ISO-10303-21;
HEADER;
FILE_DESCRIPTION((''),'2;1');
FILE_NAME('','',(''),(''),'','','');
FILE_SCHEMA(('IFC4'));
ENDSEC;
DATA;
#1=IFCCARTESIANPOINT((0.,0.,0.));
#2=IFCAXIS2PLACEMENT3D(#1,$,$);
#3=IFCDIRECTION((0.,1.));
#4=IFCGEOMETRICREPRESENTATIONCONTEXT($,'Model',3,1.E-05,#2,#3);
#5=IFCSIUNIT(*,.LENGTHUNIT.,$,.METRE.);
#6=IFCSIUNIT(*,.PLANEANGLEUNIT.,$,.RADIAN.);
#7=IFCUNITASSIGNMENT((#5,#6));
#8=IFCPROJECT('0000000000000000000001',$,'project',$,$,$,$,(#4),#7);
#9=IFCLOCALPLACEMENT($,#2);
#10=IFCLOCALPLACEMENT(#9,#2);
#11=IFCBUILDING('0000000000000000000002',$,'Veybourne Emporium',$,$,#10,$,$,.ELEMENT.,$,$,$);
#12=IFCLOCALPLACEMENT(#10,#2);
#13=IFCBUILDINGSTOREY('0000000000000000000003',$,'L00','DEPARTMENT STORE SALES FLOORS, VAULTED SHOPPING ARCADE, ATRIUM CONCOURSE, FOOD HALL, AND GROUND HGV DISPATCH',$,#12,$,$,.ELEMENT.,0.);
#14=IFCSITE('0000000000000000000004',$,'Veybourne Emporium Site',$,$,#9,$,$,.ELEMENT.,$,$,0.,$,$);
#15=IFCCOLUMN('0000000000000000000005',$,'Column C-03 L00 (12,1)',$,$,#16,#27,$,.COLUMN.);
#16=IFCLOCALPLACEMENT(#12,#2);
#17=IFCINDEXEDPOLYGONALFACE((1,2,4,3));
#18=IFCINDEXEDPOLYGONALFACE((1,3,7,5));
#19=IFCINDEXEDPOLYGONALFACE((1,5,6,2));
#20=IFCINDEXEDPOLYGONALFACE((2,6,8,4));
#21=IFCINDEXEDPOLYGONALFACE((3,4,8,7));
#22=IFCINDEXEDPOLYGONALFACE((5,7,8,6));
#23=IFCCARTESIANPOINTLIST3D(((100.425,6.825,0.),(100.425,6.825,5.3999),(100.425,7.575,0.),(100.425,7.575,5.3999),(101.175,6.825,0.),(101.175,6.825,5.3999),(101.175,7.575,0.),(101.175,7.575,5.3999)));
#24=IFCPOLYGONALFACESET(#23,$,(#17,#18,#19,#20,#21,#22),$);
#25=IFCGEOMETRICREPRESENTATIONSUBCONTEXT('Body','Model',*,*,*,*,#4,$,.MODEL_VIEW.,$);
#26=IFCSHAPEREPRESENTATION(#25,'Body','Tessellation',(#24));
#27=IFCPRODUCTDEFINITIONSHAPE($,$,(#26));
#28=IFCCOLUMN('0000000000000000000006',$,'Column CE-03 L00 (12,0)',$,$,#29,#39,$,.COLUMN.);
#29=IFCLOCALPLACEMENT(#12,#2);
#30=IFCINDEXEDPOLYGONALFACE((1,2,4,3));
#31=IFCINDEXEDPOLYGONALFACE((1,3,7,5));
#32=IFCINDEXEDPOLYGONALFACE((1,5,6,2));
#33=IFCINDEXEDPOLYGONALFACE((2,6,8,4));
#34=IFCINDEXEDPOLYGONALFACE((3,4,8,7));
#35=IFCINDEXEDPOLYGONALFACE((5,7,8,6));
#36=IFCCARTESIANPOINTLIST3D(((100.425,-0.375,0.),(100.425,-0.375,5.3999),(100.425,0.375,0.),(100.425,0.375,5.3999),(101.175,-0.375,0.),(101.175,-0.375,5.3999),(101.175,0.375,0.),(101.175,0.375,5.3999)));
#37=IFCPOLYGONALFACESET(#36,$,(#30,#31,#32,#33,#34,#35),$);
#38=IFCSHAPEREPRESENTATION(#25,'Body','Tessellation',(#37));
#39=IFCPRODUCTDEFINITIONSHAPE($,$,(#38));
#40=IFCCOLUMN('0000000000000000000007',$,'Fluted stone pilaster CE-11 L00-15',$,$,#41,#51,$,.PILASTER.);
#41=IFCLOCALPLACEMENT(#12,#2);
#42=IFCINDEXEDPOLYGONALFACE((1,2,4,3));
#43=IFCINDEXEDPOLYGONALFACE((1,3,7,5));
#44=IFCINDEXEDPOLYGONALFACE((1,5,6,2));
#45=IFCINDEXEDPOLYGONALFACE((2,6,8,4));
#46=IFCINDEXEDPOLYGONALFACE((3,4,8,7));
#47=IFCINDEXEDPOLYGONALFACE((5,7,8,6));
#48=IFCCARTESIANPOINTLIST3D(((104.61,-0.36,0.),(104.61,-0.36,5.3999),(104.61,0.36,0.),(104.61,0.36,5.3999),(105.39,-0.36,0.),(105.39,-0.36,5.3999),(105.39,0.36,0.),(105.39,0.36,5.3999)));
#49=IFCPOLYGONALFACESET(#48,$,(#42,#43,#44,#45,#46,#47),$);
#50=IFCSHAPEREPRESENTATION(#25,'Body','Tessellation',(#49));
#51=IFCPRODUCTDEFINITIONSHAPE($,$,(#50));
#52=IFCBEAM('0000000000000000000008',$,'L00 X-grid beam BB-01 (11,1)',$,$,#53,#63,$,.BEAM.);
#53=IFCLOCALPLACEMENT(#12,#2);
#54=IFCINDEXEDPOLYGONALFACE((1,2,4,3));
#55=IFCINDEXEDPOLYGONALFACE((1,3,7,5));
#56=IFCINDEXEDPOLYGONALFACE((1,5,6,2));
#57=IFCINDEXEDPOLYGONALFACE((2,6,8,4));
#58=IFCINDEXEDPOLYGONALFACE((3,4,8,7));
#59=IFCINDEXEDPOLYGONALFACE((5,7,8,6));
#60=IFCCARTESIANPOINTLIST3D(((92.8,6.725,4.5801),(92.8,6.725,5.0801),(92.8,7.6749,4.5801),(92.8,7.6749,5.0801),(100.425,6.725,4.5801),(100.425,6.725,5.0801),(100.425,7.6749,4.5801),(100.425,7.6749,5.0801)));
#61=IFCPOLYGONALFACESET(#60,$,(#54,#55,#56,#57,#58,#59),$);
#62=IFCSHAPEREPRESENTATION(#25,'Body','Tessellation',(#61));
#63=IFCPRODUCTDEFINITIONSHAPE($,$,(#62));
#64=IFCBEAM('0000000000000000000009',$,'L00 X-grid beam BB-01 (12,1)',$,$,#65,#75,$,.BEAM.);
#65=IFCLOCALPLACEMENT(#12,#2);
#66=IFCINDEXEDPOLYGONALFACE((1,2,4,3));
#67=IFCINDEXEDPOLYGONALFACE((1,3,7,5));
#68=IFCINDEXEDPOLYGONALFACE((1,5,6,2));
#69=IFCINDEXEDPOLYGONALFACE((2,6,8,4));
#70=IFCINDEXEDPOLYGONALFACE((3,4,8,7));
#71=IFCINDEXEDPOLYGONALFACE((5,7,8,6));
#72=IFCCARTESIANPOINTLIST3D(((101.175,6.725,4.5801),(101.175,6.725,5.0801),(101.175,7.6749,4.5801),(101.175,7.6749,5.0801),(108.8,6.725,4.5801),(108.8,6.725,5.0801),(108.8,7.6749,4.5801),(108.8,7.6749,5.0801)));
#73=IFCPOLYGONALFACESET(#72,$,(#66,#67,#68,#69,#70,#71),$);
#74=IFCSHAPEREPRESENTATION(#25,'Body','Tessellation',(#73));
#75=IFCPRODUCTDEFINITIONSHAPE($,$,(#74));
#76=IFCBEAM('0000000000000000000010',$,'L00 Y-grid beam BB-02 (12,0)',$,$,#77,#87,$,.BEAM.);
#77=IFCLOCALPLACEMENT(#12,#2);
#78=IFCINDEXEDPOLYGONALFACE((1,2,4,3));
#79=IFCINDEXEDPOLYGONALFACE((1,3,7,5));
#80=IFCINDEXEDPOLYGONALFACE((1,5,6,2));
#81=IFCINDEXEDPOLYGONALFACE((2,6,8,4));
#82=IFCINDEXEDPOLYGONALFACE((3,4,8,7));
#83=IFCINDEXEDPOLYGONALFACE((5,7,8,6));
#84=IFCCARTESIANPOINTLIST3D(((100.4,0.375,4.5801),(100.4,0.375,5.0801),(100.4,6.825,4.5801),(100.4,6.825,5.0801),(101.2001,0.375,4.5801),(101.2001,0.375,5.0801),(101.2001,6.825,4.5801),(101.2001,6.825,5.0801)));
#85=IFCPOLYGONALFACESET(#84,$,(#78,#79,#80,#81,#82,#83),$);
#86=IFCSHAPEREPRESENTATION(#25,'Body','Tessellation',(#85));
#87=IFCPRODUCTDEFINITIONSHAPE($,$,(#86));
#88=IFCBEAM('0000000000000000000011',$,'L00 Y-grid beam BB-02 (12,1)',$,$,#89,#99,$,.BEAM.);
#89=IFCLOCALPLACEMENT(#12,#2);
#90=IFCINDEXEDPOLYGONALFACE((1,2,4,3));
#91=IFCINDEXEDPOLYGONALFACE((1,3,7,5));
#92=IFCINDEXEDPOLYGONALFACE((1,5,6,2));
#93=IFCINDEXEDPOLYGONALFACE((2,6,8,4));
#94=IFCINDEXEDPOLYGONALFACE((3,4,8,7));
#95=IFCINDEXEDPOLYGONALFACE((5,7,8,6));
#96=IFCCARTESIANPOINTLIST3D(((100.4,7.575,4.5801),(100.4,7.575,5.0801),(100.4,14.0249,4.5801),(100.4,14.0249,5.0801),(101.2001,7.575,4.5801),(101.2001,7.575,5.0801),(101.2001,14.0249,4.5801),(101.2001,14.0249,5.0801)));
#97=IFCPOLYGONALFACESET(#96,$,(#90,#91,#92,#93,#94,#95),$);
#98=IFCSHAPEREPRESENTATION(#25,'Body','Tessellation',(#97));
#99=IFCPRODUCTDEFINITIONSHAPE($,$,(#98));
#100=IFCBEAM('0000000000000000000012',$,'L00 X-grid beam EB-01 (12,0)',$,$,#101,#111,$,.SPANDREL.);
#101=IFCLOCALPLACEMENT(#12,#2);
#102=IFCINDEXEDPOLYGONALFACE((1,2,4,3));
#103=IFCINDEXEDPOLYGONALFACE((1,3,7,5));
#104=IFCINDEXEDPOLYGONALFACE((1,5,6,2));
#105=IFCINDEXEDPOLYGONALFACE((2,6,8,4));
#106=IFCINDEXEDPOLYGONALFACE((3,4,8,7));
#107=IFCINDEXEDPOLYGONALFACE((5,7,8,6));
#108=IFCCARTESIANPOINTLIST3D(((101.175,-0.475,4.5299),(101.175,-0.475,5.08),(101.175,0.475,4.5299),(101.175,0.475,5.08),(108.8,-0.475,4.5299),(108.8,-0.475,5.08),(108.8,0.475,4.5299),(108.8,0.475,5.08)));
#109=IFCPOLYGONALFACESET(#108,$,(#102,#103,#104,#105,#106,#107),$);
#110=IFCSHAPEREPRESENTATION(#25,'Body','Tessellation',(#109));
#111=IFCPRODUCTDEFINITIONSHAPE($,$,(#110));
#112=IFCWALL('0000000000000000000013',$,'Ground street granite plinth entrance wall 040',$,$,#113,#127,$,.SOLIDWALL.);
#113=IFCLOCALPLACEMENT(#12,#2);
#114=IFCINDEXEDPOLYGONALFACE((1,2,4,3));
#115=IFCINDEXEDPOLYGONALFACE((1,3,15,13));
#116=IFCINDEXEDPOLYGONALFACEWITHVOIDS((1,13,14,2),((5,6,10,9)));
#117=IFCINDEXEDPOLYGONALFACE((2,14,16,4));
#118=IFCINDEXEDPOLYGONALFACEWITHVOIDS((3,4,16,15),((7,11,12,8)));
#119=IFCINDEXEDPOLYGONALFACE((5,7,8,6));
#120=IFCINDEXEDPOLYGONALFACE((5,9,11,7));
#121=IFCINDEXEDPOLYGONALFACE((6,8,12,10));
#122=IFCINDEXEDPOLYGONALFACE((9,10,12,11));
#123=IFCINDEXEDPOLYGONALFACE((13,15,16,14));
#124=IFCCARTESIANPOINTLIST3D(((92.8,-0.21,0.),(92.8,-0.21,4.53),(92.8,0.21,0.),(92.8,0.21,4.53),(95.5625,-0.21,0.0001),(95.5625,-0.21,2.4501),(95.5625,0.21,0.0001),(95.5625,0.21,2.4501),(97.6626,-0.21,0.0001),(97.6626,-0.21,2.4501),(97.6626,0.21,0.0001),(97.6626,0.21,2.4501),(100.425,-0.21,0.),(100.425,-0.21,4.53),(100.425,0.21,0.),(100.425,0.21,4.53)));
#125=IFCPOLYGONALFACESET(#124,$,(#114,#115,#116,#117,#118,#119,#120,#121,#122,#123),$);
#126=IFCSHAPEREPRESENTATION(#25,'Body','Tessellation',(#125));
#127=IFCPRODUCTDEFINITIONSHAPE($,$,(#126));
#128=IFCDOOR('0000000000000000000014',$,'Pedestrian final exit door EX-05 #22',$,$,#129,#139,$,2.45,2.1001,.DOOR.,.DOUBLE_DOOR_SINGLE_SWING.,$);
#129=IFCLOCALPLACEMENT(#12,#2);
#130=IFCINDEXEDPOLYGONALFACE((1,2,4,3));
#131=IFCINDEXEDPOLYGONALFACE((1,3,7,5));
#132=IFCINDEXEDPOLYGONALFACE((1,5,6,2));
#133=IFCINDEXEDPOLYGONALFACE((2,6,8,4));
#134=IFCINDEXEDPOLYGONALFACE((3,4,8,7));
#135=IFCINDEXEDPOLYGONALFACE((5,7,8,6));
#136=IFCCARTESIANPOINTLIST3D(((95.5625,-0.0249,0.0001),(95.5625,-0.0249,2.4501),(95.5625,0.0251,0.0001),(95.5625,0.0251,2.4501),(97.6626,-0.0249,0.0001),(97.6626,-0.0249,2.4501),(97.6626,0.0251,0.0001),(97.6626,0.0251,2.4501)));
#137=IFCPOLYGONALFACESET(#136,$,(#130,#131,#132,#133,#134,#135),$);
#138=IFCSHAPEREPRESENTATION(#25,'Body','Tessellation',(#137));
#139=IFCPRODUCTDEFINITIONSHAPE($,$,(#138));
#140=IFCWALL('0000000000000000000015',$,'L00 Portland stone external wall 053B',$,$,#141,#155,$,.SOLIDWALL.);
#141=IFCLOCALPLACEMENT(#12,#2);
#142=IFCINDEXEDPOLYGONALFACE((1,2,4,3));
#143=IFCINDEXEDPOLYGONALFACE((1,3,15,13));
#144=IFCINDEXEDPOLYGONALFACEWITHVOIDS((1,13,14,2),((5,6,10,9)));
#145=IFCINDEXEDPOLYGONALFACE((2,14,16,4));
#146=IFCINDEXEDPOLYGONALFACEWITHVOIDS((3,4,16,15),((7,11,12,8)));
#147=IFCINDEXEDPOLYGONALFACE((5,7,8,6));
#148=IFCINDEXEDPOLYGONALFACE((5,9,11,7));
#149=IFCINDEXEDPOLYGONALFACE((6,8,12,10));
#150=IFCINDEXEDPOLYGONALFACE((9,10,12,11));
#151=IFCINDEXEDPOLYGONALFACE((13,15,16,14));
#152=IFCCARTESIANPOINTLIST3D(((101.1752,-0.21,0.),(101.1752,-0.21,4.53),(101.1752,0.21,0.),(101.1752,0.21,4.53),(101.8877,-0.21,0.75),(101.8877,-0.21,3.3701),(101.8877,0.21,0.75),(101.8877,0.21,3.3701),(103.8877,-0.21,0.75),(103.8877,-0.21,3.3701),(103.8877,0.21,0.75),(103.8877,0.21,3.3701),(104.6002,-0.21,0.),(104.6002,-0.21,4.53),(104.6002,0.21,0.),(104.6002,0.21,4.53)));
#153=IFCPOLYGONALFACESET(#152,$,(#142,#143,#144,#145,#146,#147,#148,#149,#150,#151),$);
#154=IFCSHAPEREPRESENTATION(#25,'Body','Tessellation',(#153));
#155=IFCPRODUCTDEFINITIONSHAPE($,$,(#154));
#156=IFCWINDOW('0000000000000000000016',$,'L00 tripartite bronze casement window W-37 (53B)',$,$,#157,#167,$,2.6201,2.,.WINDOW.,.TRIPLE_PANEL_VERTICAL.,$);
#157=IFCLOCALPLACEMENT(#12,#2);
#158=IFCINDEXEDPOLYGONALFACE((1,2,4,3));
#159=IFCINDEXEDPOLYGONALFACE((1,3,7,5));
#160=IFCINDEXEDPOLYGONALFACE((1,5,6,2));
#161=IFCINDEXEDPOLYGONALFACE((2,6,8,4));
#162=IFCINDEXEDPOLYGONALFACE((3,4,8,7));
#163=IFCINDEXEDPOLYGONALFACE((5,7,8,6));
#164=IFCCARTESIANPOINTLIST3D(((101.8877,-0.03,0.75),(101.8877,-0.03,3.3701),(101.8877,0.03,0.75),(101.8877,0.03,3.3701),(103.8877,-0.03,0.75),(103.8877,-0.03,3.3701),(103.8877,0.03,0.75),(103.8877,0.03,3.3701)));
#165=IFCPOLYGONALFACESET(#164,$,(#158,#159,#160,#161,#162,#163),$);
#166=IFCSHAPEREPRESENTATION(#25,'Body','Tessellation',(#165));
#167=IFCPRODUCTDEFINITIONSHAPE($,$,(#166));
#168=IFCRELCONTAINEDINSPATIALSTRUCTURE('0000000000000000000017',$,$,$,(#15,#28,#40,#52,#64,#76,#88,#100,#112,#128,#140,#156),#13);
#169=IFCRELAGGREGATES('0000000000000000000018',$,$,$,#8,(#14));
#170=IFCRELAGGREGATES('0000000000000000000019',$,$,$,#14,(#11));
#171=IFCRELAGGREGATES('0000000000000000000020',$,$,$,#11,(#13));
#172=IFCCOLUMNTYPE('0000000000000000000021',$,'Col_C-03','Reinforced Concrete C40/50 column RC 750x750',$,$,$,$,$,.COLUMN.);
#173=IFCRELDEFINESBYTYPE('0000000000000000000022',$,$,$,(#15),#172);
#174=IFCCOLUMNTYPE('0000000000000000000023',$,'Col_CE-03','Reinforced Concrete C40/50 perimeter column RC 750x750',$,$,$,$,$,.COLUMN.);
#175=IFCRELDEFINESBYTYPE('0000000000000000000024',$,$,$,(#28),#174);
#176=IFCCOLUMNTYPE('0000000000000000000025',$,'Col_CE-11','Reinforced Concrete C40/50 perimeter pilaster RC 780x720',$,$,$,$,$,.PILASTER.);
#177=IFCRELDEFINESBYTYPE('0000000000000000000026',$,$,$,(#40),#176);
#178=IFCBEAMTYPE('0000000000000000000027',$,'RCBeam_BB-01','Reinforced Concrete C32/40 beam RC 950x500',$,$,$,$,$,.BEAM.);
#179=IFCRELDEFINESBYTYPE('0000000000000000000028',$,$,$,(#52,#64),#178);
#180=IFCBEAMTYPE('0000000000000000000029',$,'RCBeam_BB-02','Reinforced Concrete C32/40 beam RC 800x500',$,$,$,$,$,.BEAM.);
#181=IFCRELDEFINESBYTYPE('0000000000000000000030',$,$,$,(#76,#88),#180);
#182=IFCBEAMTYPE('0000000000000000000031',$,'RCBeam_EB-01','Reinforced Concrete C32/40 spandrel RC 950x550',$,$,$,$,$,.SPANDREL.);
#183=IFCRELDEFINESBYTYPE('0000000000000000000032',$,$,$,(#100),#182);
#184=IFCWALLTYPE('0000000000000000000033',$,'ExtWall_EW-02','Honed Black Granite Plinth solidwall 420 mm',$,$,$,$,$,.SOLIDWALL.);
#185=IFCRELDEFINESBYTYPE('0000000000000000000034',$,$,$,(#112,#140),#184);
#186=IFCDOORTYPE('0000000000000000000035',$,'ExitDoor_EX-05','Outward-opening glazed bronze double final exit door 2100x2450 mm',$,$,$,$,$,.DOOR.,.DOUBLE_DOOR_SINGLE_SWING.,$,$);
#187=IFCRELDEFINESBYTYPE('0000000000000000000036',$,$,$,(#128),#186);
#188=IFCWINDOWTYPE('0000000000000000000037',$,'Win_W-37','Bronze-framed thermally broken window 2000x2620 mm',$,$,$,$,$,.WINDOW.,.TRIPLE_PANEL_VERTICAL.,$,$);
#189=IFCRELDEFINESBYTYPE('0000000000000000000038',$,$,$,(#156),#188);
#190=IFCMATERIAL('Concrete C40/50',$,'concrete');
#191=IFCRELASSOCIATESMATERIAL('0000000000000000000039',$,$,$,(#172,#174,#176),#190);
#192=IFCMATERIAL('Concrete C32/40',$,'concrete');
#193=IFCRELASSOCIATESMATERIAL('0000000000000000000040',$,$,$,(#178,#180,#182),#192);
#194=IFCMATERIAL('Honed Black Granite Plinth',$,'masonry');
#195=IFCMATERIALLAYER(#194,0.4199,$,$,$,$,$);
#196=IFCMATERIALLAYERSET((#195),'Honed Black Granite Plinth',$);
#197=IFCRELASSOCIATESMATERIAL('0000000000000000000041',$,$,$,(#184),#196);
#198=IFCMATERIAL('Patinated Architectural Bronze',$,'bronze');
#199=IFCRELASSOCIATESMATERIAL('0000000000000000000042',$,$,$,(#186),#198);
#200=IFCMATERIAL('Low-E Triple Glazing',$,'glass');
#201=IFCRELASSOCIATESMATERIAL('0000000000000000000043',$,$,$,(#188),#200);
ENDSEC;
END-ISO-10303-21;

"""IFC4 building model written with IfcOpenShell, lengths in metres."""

from ifc_helpers import new_model, si_unit, direction, frame, frame_2d, origin, origin_2d, place, context, subcontext, project, spatial, rectangle, extrude, material, layer, layer_set, material_profile, profile_set, type_object, element, fill, save


model = new_model("IFC4")

# Units and contexts
model_context = context("Model", 3, precision=1e-05, world=origin(), true_north=direction((0.0, 1.0)))
body_context = subcontext(model_context, "Body", "Model", "MODEL_VIEW")
ifc_project = project(units=[si_unit("LENGTHUNIT", "METRE"), si_unit("PLANEANGLEUNIT", "RADIAN")], contexts=[model_context])

# Site, building, storey
site_placement = place(None, origin())
site = spatial("IfcSite", under=ifc_project, at=site_placement, Name="Veybourne Emporium Site", CompositionType="ELEMENT", RefElevation=0.0)
building_placement = place(site_placement, origin())
building = spatial("IfcBuilding", under=site, at=building_placement, Name="Veybourne Emporium", CompositionType="ELEMENT")
storey_placement = place(building_placement, origin())
storey = spatial("IfcBuildingStorey", under=building, at=storey_placement, Name="L00", Description="DEPARTMENT STORE SALES FLOORS, VAULTED SHOPPING ARCADE, ATRIUM CONCOURSE, FOOD HALL, AND GROUND HGV DISPATCH", CompositionType="ELEMENT", Elevation=0.0)

# Columns
ifc_material_1 = material(Name="Concrete C40/50", Category="concrete")
ifc_material_profile_1 = material_profile(ifc_material_1, rectangle(XDim=0.75, YDim=0.75, at=origin_2d()), Name="RC 750x750")
ifc_profile_set_1 = profile_set([ifc_material_profile_1], Name="Concrete C40/50")
column_type_1 = type_object("IfcColumnType", Name="Col_C-03", Description="Reinforced Concrete C40/50 column RC 750x750", PredefinedType="COLUMN", material=ifc_profile_set_1)
column_1_placement = place(storey_placement, frame((100.8, 7.2, 0.0), z_axis=(0.0, 0.0, 1.0), x_axis=(1.0, 0.0, 0.0)))
element("IfcColumn", 1, at=column_1_placement, inside=storey, type_object=column_type_1, Name="Column C-03 L00 (12,1)", PredefinedType="COLUMN", context=body_context, shape_type="SweptSolid", body=[
    extrude(rectangle(XDim=0.75, YDim=0.75, at=origin_2d()), origin(), (0.0, 0.0, 1.0), 5.3999),
])
ifc_material_profile_2 = material_profile(ifc_material_1, rectangle(XDim=0.75, YDim=0.75, at=origin_2d()), Name="RC 750x750")
ifc_profile_set_2 = profile_set([ifc_material_profile_2], Name="Concrete C40/50")
column_type_2 = type_object("IfcColumnType", Name="Col_CE-03", Description="Reinforced Concrete C40/50 perimeter column RC 750x750", PredefinedType="COLUMN", material=ifc_profile_set_2)
column_2_placement = place(storey_placement, frame((100.8, 0.0, 0.0), z_axis=(0.0, 0.0, 1.0), x_axis=(1.0, 0.0, 0.0)))
element("IfcColumn", 2, at=column_2_placement, inside=storey, type_object=column_type_2, Name="Column CE-03 L00 (12,0)", PredefinedType="COLUMN", context=body_context, shape_type="SweptSolid", body=[
    extrude(rectangle(XDim=0.75, YDim=0.75, at=origin_2d()), origin(), (0.0, 0.0, 1.0), 5.3999),
])
ifc_material_profile_3 = material_profile(ifc_material_1, rectangle(XDim=0.78, YDim=0.72, at=origin_2d()), Name="RC 780x720")
ifc_profile_set_3 = profile_set([ifc_material_profile_3], Name="Concrete C40/50")
column_type_3 = type_object("IfcColumnType", Name="Col_CE-11", Description="Reinforced Concrete C40/50 perimeter pilaster RC 780x720", PredefinedType="PILASTER", material=ifc_profile_set_3)
column_3_placement = place(storey_placement, frame((105.0, 0.0, 0.0), z_axis=(0.0, 0.0, 1.0), x_axis=(1.0, 0.0, 0.0)))
element("IfcColumn", 3, at=column_3_placement, inside=storey, type_object=column_type_3, Name="Fluted stone pilaster CE-11 L00-15", PredefinedType="PILASTER", context=body_context, shape_type="SweptSolid", body=[
    extrude(rectangle(XDim=0.78, YDim=0.72, at=origin_2d()), origin(), (0.0, 0.0, 1.0), 5.3999),
])

# Beams
ifc_material_2 = material(Name="Concrete C32/40", Category="concrete")
ifc_material_profile_4 = material_profile(ifc_material_2, rectangle(XDim=0.95, YDim=0.5, at=origin_2d()), Name="RC 950x500")
ifc_profile_set_4 = profile_set([ifc_material_profile_4], Name="Concrete C32/40")
beam_type_1 = type_object("IfcBeamType", Name="RCBeam_BB-01", Description="Reinforced Concrete C32/40 beam RC 950x500", PredefinedType="BEAM", material=ifc_profile_set_4)
for number, where, z_axis, x_axis, name in (
    (4, (92.8, 7.2, 4.8301), (1.0, 0.0, 0.0), (0.0, 1.0, 0.0), "L00 X-grid beam BB-01 (11,1)"),
    (5, (101.175, 7.2, 4.8301), (1.0, 0.0, 0.0), (0.0, 1.0, 0.0), "L00 X-grid beam BB-01 (12,1)"),
):
    element("IfcBeam", number, at=place(storey_placement, frame(where, z_axis=z_axis, x_axis=x_axis)), inside=storey, type_object=beam_type_1, Name=name, PredefinedType="BEAM", context=body_context, shape_type="SweptSolid", body=[
        extrude(rectangle(XDim=0.95, YDim=0.5, at=origin_2d()), origin(), (0.0, 0.0, 1.0), 7.625),
    ])
ifc_material_profile_5 = material_profile(ifc_material_2, rectangle(XDim=0.8, YDim=0.5, at=origin_2d()), Name="RC 800x500")
ifc_profile_set_5 = profile_set([ifc_material_profile_5], Name="Concrete C32/40")
beam_type_2 = type_object("IfcBeamType", Name="RCBeam_BB-02", Description="Reinforced Concrete C32/40 beam RC 800x500", PredefinedType="BEAM", material=ifc_profile_set_5)
for number, where, z_axis, x_axis, name in (
    (6, (100.8, 0.375, 4.8301), (0.0, 1.0, 0.0), (-1.0, 0.0, 0.0), "L00 Y-grid beam BB-02 (12,0)"),
    (7, (100.8, 7.575, 4.8301), (0.0, 1.0, 0.0), (-1.0, 0.0, 0.0), "L00 Y-grid beam BB-02 (12,1)"),
):
    element("IfcBeam", number, at=place(storey_placement, frame(where, z_axis=z_axis, x_axis=x_axis)), inside=storey, type_object=beam_type_2, Name=name, PredefinedType="BEAM", context=body_context, shape_type="SweptSolid", body=[
        extrude(rectangle(XDim=0.8, YDim=0.5, at=origin_2d()), origin(), (0.0, 0.0, 1.0), 6.45),
    ])
ifc_material_profile_6 = material_profile(ifc_material_2, rectangle(XDim=0.95, YDim=0.55, at=origin_2d()), Name="RC 950x550")
ifc_profile_set_6 = profile_set([ifc_material_profile_6], Name="Concrete C32/40")
beam_type_3 = type_object("IfcBeamType", Name="RCBeam_EB-01", Description="Reinforced Concrete C32/40 spandrel RC 950x550", PredefinedType="SPANDREL", material=ifc_profile_set_6)
beam_placement = place(storey_placement, frame((101.175, 0.0, 4.8049), z_axis=(1.0, 0.0, 0.0), x_axis=(0.0, 1.0, 0.0)))
element("IfcBeam", 8, at=beam_placement, inside=storey, type_object=beam_type_3, Name="L00 X-grid beam EB-01 (12,0)", PredefinedType="SPANDREL", context=body_context, shape_type="SweptSolid", body=[
    extrude(rectangle(XDim=0.95, YDim=0.55, at=origin_2d()), origin(), (0.0, 0.0, 1.0), 7.625),
])

# Wall, opening, door
ifc_material_3 = material(Name="Honed Black Granite Plinth", Category="masonry")
ifc_layer_1 = layer(ifc_material_3, 0.4199)
ifc_layer_set_1 = layer_set([ifc_layer_1], Name="Honed Black Granite Plinth")
wall_type_1 = type_object("IfcWallType", Name="ExtWall_EW-02", Description="Honed Black Granite Plinth solidwall 420 mm", PredefinedType="SOLIDWALL", material=ifc_layer_set_1)
wall_1_placement = place(storey_placement, frame((100.425, 0.0, 0.0), z_axis=(0.0, 0.0, 1.0), x_axis=(-1.0, 0.0, 0.0)))
wall_1 = element("IfcWall", 9, at=wall_1_placement, inside=storey, type_object=wall_type_1, Name="Ground street granite plinth entrance wall 040", PredefinedType="SOLIDWALL", context=body_context, shape_type="SweptSolid", body=[
    extrude(rectangle(XDim=7.625, YDim=0.4199, at=frame_2d((3.8125, 0.0))), origin(), (0.0, 0.0, 1.0), 4.53),
])
opening_1_placement = place(wall_1_placement, frame((2.7625, 0.0, 0.0)))
opening_1 = element("IfcOpeningElement", 10, at=opening_1_placement, cuts=wall_1, PredefinedType="OPENING", context=body_context, shape_type="SweptSolid", body=[
    extrude(rectangle(XDim=2.1001, YDim=2.45, at=frame_2d((1.05, 1.2251))), frame((0.0, 0.23, 0.0), z_axis=(0.0, -1.0, 0.0), x_axis=(1.0, 0.0, 0.0)), (0.0, 0.0, 1.0), 0.46),
])
ifc_material_4 = material(Name="Patinated Architectural Bronze", Category="bronze")
door_type_1 = type_object("IfcDoorType", Name="ExitDoor_EX-05", Description="Outward-opening glazed bronze double final exit door 2100x2450 mm", OperationType="DOUBLE_DOOR_SINGLE_SWING", PredefinedType="DOOR", material=ifc_material_4)
door_1_placement = place(opening_1_placement, origin())
door_1 = element("IfcDoor", 11, at=door_1_placement, inside=storey, type_object=door_type_1, Name="Pedestrian final exit door EX-05 #22", OperationType="DOUBLE_DOOR_SINGLE_SWING", OverallHeight=2.45, OverallWidth=2.1001, PredefinedType="DOOR", context=body_context, shape_type="SweptSolid", body=[
    extrude(rectangle(XDim=2.1001, YDim=2.45, at=frame_2d((1.05, 1.2251))), frame((0.0, 0.0249, 0.0), z_axis=(0.0, -1.0, 0.0), x_axis=(1.0, 0.0, 0.0)), (0.0, 0.0, 1.0), 0.05),
])
fill(opening_1, door_1)

# Wall, opening, window
wall_2_placement = place(storey_placement, frame((104.6001, 0.0, 0.0), z_axis=(0.0, 0.0, 1.0), x_axis=(-1.0, 0.0, 0.0)))
wall_2 = element("IfcWall", 12, at=wall_2_placement, inside=storey, type_object=wall_type_1, Name="L00 Portland stone external wall 053B", PredefinedType="SOLIDWALL", context=body_context, shape_type="SweptSolid", body=[
    extrude(rectangle(XDim=3.425, YDim=0.4199, at=frame_2d((1.7124, 0.0))), origin(), (0.0, 0.0, 1.0), 4.53),
])
opening_2_placement = place(wall_2_placement, frame((0.7124, 0.0, 0.75)))
opening_2 = element("IfcOpeningElement", 13, at=opening_2_placement, cuts=wall_2, PredefinedType="OPENING", context=body_context, shape_type="SweptSolid", body=[
    extrude(rectangle(XDim=2.0, YDim=2.6201, at=frame_2d((1.0, 1.3101))), frame((0.0, 0.23, 0.0), z_axis=(0.0, -1.0, 0.0), x_axis=(1.0, 0.0, 0.0)), (0.0, 0.0, 1.0), 0.46),
])
ifc_material_5 = material(Name="Low-E Triple Glazing", Category="glass")
window_type = type_object("IfcWindowType", Name="Win_W-37", Description="Bronze-framed thermally broken window 2000x2620 mm", PartitioningType="TRIPLE_PANEL_VERTICAL", PredefinedType="WINDOW", material=ifc_material_5)
window_placement = place(opening_2_placement, origin())
window = element("IfcWindow", 14, at=window_placement, inside=storey, type_object=window_type, Name="L00 tripartite bronze casement window W-37 (53B)", OverallHeight=2.6201, OverallWidth=2.0, PartitioningType="TRIPLE_PANEL_VERTICAL", PredefinedType="WINDOW", context=body_context, shape_type="SweptSolid", body=[
    extrude(rectangle(XDim=2.0, YDim=2.6201, at=frame_2d((1.0, 1.3101))), frame((0.0, 0.03, 0.0), z_axis=(0.0, -1.0, 0.0), x_axis=(1.0, 0.0, 0.0)), (0.0, 0.0, 1.0), 0.0601),
])
fill(opening_2, window)

save(model, "model.ifc")
